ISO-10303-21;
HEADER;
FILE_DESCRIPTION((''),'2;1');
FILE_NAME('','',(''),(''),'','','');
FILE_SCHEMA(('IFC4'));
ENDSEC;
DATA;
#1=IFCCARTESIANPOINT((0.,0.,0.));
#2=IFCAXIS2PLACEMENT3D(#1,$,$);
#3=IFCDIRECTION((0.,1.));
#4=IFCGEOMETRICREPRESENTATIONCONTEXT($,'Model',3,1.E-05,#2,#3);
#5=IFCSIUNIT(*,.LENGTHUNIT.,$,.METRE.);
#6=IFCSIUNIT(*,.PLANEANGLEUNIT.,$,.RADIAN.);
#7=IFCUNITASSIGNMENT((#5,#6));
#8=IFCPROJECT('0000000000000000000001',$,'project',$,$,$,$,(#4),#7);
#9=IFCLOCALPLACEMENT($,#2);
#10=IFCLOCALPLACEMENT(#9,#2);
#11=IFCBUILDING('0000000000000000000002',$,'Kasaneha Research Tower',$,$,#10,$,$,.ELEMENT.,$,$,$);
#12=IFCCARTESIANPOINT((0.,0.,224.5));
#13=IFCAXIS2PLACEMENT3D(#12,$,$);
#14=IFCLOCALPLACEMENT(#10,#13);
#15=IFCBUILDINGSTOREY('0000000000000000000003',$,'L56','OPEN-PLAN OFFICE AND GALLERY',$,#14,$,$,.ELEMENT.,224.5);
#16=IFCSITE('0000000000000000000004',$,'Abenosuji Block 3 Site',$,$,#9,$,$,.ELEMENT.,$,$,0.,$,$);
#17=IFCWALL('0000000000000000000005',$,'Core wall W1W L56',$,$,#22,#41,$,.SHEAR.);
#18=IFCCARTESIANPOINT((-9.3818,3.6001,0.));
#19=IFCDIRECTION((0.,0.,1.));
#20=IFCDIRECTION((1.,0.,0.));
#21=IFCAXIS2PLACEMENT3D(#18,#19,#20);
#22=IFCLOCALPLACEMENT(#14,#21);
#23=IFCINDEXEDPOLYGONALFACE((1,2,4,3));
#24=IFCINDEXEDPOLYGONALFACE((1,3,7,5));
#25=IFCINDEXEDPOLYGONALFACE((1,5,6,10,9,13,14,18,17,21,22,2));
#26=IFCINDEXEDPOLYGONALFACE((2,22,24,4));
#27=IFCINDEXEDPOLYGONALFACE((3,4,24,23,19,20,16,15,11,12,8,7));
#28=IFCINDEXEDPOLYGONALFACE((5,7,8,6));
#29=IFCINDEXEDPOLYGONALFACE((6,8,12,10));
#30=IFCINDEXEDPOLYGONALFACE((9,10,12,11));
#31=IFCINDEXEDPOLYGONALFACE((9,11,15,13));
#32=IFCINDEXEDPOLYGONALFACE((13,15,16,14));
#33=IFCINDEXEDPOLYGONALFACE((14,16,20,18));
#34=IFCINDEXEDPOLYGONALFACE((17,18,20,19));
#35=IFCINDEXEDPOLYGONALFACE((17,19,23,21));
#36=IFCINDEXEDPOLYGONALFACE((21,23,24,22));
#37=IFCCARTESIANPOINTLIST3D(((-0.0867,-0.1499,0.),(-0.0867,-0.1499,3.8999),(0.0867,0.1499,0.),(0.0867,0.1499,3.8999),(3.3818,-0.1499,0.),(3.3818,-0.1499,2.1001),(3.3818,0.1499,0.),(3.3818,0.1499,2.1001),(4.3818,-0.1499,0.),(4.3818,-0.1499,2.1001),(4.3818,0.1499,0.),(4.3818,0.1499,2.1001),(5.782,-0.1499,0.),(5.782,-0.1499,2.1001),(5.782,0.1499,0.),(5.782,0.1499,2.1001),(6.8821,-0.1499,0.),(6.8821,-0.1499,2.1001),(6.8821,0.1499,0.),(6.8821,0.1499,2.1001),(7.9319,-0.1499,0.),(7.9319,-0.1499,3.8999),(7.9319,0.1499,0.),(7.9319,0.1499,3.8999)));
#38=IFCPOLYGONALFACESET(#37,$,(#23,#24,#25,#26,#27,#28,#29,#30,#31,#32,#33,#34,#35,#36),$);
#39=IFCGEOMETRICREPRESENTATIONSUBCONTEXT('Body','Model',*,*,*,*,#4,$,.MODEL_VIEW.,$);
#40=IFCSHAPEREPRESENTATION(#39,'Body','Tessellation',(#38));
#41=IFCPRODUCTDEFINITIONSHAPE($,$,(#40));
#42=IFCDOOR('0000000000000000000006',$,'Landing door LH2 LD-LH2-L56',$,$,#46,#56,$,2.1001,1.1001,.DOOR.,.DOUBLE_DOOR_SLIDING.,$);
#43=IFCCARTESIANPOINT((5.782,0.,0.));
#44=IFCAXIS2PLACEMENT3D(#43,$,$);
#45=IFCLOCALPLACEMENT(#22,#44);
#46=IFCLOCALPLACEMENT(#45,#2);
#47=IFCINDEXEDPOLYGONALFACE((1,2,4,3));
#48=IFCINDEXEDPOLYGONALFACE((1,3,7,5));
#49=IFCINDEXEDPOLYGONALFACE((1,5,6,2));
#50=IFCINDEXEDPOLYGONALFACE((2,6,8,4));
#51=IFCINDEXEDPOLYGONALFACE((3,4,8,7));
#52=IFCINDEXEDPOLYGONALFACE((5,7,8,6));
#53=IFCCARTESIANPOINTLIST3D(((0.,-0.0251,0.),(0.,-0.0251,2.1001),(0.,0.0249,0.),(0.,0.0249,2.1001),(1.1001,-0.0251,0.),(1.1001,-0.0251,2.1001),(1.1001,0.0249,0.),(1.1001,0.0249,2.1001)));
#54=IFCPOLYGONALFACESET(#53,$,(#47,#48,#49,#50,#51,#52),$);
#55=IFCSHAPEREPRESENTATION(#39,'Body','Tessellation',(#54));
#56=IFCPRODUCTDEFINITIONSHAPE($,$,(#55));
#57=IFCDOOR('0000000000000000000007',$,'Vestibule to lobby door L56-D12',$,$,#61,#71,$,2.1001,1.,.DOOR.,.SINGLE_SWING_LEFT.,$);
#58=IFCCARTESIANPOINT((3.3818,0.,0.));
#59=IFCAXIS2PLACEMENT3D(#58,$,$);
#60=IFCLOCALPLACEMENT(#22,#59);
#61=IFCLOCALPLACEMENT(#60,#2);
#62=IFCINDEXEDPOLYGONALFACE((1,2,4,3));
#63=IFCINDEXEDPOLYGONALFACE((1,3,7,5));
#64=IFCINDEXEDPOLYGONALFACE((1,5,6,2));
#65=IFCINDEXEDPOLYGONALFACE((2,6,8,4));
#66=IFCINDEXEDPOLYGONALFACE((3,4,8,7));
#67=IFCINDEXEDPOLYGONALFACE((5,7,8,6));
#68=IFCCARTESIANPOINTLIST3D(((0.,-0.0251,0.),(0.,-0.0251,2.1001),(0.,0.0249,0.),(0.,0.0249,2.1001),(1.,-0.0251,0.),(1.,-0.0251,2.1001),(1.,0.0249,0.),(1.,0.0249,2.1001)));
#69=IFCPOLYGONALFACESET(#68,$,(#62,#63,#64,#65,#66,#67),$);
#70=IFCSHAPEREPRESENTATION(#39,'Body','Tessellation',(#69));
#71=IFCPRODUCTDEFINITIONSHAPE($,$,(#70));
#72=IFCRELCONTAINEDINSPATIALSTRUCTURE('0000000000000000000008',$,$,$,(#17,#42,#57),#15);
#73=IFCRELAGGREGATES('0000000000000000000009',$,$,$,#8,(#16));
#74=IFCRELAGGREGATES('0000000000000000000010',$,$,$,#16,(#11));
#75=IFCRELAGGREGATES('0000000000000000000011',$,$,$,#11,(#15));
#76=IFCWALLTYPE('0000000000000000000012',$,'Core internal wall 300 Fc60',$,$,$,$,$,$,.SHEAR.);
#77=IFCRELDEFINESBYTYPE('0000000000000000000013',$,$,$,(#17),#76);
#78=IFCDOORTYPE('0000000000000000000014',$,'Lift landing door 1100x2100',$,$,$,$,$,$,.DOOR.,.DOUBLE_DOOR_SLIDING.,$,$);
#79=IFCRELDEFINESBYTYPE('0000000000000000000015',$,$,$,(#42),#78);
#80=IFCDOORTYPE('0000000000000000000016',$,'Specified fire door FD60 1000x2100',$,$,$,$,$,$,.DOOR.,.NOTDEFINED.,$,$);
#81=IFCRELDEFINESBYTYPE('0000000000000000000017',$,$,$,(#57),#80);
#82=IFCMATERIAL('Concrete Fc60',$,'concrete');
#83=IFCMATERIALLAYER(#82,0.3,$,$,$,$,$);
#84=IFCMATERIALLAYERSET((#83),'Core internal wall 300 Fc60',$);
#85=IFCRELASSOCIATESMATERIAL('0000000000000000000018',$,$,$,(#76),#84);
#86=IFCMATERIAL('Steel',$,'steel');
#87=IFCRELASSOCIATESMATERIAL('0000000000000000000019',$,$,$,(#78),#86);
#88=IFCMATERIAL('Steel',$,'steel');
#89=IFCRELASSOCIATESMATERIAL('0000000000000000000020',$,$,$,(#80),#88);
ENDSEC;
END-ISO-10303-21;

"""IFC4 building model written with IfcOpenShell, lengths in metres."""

from ifc_helpers import new_model, si_unit, direction, frame, frame_2d, origin, place, context, subcontext, project, spatial, polyline, rectangle, outline, extrude, material, layer, layer_set, type_object, element, fill, save


model = new_model("IFC4")

# Units and contexts
model_context = context("Model", 3, precision=1e-05, world=origin(), true_north=direction((0.0, 1.0)))
body_context = subcontext(model_context, "Body", "Model", "MODEL_VIEW")
ifc_project = project(units=[si_unit("LENGTHUNIT", "METRE"), si_unit("PLANEANGLEUNIT", "RADIAN")], contexts=[model_context])

# Site, building, storey
site_placement = place(None, origin())
site = spatial("IfcSite", under=ifc_project, at=site_placement, Name="Abenosuji Block 3 Site", CompositionType="ELEMENT", RefElevation=0.0)
building_placement = place(site_placement, origin())
building = spatial("IfcBuilding", under=site, at=building_placement, Name="Kasaneha Research Tower", CompositionType="ELEMENT")
storey_placement = place(building_placement, frame((0.0, 0.0, 224.5)))
storey = spatial("IfcBuildingStorey", under=building, at=storey_placement, Name="L56", Description="OPEN-PLAN OFFICE AND GALLERY", CompositionType="ELEMENT", Elevation=224.5)

# Wall, openings, doors
ifc_material_1 = material(Name="Concrete Fc60", Category="concrete")
ifc_layer_1 = layer(ifc_material_1, 0.3)
ifc_layer_set_1 = layer_set([ifc_layer_1], Name="Core internal wall 300 Fc60")
wall_type_1 = type_object("IfcWallType", Name="Core internal wall 300 Fc60", PredefinedType="SHEAR", material=ifc_layer_set_1)
wall_1_placement = place(storey_placement, frame((-9.3818, 3.6001, 0.0), z_axis=(0.0, 0.0, 1.0), x_axis=(1.0, 0.0, 0.0)))
wall_1 = element("IfcWall", 1, at=wall_1_placement, inside=storey, type_object=wall_type_1, Name="Core wall W1W L56", PredefinedType="SHEAR", context=body_context, shape_type="SweptSolid", body=[
    extrude(outline(polyline([(-0.0867, -0.1499), (3.3818, -0.1499), (4.3818, -0.1499), (5.782, -0.1499), (6.8821, -0.1499), (7.9319, -0.1499), (7.9319, 0.1499), (6.8821, 0.1499), (5.782, 0.1499), (4.3818, 0.1499), (3.3818, 0.1499), (0.0867, 0.1499), (-0.0867, -0.1499)])), origin(), (0.0, 0.0, 1.0), 3.8999),
])
opening_1_placement = place(wall_1_placement, frame((3.3818, 0.0, 0.0)))
opening_1 = element("IfcOpeningElement", 2, at=opening_1_placement, cuts=wall_1, PredefinedType="OPENING", context=body_context, shape_type="SweptSolid", body=[
    extrude(rectangle(XDim=1.0, YDim=2.1001, at=frame_2d((0.5, 1.05))), frame((0.0, 0.1602, 0.0), z_axis=(0.0, -1.0, 0.0), x_axis=(1.0, 0.0, 0.0)), (0.0, 0.0, 1.0), 0.3201),
])
opening_2_placement = place(wall_1_placement, frame((5.782, 0.0, 0.0)))
opening_2 = element("IfcOpeningElement", 3, at=opening_2_placement, cuts=wall_1, PredefinedType="OPENING", context=body_context, shape_type="SweptSolid", body=[
    extrude(rectangle(XDim=1.1001, YDim=2.1001, at=frame_2d((0.55, 1.05))), frame((0.0, 0.1602, 0.0), z_axis=(0.0, -1.0, 0.0), x_axis=(1.0, 0.0, 0.0)), (0.0, 0.0, 1.0), 0.3201),
])
ifc_material_2 = material(Name="Steel", Category="steel")
door_type_1 = type_object("IfcDoorType", Name="Lift landing door 1100x2100", OperationType="DOUBLE_DOOR_SLIDING", PredefinedType="DOOR", material=ifc_material_2)
door_1_placement = place(opening_2_placement, origin())
door_1 = element("IfcDoor", 4, at=door_1_placement, inside=storey, type_object=door_type_1, Name="Landing door LH2 LD-LH2-L56", OperationType="DOUBLE_DOOR_SLIDING", OverallHeight=2.1001, OverallWidth=1.1001, PredefinedType="DOOR", context=body_context, shape_type="SweptSolid", body=[
    extrude(rectangle(XDim=1.1001, YDim=2.1001, at=frame_2d((0.55, 1.05))), frame((0.0, 0.0249, 0.0), z_axis=(0.0, -1.0, 0.0), x_axis=(1.0, 0.0, 0.0)), (0.0, 0.0, 1.0), 0.05),
])
fill(opening_2, door_1)
ifc_material_3 = material(Name="Steel", Category="steel")
door_type_2 = type_object("IfcDoorType", Name="Specified fire door FD60 1000x2100", OperationType="NOTDEFINED", PredefinedType="DOOR", material=ifc_material_3)
door_2_placement = place(opening_1_placement, origin())
door_2 = element("IfcDoor", 5, at=door_2_placement, inside=storey, type_object=door_type_2, Name="Vestibule to lobby door L56-D12", OperationType="SINGLE_SWING_LEFT", OverallHeight=2.1001, OverallWidth=1.0, PredefinedType="DOOR", context=body_context, shape_type="SweptSolid", body=[
    extrude(rectangle(XDim=1.0, YDim=2.1001, at=frame_2d((0.5, 1.05))), frame((0.0, 0.0249, 0.0), z_axis=(0.0, -1.0, 0.0), x_axis=(1.0, 0.0, 0.0)), (0.0, 0.0, 1.0), 0.05),
])
fill(opening_1, door_2)

save(model, "model.ifc")
